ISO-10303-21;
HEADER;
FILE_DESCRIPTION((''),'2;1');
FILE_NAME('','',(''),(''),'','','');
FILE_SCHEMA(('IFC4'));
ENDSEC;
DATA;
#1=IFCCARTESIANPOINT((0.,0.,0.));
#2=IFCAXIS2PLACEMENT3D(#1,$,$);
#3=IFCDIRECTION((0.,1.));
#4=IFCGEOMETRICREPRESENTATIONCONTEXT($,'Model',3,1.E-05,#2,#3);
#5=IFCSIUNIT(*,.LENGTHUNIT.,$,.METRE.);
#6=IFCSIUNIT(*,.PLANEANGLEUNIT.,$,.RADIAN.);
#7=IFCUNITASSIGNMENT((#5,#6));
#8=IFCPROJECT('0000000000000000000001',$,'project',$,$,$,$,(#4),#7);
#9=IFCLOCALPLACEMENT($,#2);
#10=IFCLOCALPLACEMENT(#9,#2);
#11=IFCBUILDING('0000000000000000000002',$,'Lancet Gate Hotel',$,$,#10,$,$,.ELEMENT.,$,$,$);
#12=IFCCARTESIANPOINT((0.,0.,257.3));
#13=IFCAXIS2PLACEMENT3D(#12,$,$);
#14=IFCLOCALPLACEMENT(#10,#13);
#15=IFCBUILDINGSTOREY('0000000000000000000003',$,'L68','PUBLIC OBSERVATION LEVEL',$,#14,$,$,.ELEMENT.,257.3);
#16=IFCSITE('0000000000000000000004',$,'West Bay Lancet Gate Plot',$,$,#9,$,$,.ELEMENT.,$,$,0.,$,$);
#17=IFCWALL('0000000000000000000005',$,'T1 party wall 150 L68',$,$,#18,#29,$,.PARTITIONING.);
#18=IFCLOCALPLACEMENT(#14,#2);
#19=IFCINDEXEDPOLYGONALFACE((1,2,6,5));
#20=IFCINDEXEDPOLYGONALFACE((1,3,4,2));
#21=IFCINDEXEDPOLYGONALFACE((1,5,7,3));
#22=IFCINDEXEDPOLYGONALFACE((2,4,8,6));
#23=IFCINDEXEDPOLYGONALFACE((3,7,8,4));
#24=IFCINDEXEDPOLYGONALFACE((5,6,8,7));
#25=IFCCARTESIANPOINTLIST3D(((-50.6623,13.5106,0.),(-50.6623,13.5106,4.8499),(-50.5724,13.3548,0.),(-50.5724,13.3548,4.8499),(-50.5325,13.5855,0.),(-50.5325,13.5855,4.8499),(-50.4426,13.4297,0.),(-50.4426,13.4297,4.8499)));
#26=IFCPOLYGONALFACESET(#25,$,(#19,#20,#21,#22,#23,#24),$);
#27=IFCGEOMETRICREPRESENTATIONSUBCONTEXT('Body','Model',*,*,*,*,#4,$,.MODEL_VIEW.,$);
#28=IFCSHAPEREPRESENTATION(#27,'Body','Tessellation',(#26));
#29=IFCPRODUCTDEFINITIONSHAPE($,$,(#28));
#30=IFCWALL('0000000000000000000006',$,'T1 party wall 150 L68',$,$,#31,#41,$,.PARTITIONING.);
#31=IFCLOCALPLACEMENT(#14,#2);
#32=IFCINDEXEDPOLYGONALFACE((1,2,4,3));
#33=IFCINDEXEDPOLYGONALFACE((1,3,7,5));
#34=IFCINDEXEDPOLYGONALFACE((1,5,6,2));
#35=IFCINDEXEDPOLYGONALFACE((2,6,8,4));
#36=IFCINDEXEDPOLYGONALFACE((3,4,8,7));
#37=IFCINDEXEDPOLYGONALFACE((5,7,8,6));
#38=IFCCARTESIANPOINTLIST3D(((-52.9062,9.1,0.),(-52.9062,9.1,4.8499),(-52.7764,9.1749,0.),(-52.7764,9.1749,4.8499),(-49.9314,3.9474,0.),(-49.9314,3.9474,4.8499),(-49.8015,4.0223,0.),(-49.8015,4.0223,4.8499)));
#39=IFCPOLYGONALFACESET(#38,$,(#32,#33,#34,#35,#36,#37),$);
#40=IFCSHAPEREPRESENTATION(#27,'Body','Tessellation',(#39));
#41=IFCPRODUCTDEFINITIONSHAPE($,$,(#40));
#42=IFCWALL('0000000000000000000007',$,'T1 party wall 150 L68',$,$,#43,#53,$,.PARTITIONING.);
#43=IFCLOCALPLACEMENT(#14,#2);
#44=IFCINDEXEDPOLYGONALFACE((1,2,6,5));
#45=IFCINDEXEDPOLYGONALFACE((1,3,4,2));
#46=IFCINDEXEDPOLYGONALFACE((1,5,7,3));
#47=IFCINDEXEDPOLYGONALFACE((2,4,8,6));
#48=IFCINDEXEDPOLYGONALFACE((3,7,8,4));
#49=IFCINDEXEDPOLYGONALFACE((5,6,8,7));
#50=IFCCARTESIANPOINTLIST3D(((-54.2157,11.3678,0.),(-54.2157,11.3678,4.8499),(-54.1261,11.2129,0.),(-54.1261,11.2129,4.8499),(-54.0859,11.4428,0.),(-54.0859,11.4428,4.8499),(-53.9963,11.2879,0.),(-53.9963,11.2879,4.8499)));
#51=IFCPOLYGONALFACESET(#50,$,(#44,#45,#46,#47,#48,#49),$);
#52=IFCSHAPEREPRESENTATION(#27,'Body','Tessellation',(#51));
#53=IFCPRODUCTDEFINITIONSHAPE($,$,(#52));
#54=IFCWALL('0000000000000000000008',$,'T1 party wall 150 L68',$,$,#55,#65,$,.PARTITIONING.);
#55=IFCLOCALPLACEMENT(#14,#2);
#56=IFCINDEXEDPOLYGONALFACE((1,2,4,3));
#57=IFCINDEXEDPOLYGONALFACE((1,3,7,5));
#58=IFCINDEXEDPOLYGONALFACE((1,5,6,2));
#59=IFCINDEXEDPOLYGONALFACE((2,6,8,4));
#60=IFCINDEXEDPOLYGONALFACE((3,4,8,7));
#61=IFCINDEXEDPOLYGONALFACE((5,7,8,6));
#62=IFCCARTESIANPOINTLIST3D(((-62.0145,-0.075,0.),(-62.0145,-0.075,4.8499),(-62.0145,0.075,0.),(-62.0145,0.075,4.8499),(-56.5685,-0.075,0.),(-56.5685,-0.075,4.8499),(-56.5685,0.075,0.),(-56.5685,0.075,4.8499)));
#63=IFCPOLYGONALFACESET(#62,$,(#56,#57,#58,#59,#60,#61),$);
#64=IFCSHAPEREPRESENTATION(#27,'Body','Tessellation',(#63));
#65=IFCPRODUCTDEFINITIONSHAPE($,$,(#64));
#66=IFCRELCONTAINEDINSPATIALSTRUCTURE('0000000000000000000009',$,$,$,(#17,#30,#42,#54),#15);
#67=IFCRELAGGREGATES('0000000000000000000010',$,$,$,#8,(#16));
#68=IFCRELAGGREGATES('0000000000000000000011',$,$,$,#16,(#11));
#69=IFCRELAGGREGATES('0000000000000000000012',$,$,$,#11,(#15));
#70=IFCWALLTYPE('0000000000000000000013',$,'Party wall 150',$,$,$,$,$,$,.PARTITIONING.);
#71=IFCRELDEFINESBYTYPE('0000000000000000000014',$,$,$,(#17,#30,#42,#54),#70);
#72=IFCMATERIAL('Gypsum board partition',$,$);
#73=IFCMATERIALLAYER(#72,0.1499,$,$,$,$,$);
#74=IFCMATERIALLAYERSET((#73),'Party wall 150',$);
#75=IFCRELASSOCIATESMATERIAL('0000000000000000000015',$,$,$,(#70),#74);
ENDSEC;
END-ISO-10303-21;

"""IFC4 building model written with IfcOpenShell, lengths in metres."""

from ifc_helpers import new_model, si_unit, direction, frame, frame_2d, origin, place, context, subcontext, project, spatial, rectangle, extrude, material, layer, layer_set, type_object, element, save


model = new_model("IFC4")

# Units and contexts
model_context = context("Model", 3, precision=1e-05, world=origin(), true_north=direction((0.0, 1.0)))
body_context = subcontext(model_context, "Body", "Model", "MODEL_VIEW")
ifc_project = project(units=[si_unit("LENGTHUNIT", "METRE"), si_unit("PLANEANGLEUNIT", "RADIAN")], contexts=[model_context])

# Site, building, storey
site_placement = place(None, origin())
site = spatial("IfcSite", under=ifc_project, at=site_placement, Name="West Bay Lancet Gate Plot", CompositionType="ELEMENT", RefElevation=0.0)
building_placement = place(site_placement, origin())
building = spatial("IfcBuilding", under=site, at=building_placement, Name="Lancet Gate Hotel", CompositionType="ELEMENT")
storey_placement = place(building_placement, frame((0.0, 0.0, 257.3)))
storey = spatial("IfcBuildingStorey", under=building, at=storey_placement, Name="L68", Description="PUBLIC OBSERVATION LEVEL", CompositionType="ELEMENT", Elevation=257.3)

# Walls
ifc_material_1 = material(Name="Gypsum board partition")
ifc_layer_1 = layer(ifc_material_1, 0.1499)
ifc_layer_set_1 = layer_set([ifc_layer_1], Name="Party wall 150")
wall_type = type_object("IfcWallType", Name="Party wall 150", PredefinedType="PARTITIONING", material=ifc_layer_set_1)
wall_1_placement = place(storey_placement, frame((-50.5076, 13.3923, 0.0), z_axis=(0.0, 0.0, 1.0), x_axis=(-0.499644, 0.866231, 0.0)))
element("IfcWall", 1, at=wall_1_placement, inside=storey, type_object=wall_type, Name="T1 party wall 150 L68", PredefinedType="PARTITIONING", context=body_context, shape_type="SweptSolid", body=[
    extrude(rectangle(XDim=0.1799, YDim=0.1499, at=frame_2d((0.0898, 0.0))), origin(), (0.0, 0.0, 1.0), 4.8499),
])
wall_2_placement = place(storey_placement, frame((-49.8665, 3.9849, 0.0), z_axis=(0.0, 0.0, 1.0), x_axis=(-0.500001, 0.866025, 0.0)))
element("IfcWall", 2, at=wall_2_placement, inside=storey, type_object=wall_type, Name="T1 party wall 150 L68", PredefinedType="PARTITIONING", context=body_context, shape_type="SweptSolid", body=[
    extrude(rectangle(XDim=5.9497, YDim=0.1499, at=frame_2d((2.9749, 0.0))), origin(), (0.0, 0.0, 1.0), 4.8499),
])
wall_3_placement = place(storey_placement, frame((-54.0613, 11.2505, 0.0), z_axis=(0.0, 0.0, 1.0), x_axis=(-0.500391, 0.865799, 0.0)))
element("IfcWall", 3, at=wall_3_placement, inside=storey, type_object=wall_type, Name="T1 party wall 150 L68", PredefinedType="PARTITIONING", context=body_context, shape_type="SweptSolid", body=[
    extrude(rectangle(XDim=0.179, YDim=0.1499, at=frame_2d((0.0894, 0.0))), origin(), (0.0, 0.0, 1.0), 4.8499),
])
wall_4_placement = place(storey_placement, frame((-56.5684, 0.0, 0.0), z_axis=(0.0, 0.0, 1.0), x_axis=(-1.0, 0.0, 0.0)))
element("IfcWall", 4, at=wall_4_placement, inside=storey, type_object=wall_type, Name="T1 party wall 150 L68", PredefinedType="PARTITIONING", context=body_context, shape_type="SweptSolid", body=[
    extrude(rectangle(XDim=5.446, YDim=0.1499, at=frame_2d((2.7231, 0.0))), origin(), (0.0, 0.0, 1.0), 4.8499),
])

save(model, "model.ifc")
